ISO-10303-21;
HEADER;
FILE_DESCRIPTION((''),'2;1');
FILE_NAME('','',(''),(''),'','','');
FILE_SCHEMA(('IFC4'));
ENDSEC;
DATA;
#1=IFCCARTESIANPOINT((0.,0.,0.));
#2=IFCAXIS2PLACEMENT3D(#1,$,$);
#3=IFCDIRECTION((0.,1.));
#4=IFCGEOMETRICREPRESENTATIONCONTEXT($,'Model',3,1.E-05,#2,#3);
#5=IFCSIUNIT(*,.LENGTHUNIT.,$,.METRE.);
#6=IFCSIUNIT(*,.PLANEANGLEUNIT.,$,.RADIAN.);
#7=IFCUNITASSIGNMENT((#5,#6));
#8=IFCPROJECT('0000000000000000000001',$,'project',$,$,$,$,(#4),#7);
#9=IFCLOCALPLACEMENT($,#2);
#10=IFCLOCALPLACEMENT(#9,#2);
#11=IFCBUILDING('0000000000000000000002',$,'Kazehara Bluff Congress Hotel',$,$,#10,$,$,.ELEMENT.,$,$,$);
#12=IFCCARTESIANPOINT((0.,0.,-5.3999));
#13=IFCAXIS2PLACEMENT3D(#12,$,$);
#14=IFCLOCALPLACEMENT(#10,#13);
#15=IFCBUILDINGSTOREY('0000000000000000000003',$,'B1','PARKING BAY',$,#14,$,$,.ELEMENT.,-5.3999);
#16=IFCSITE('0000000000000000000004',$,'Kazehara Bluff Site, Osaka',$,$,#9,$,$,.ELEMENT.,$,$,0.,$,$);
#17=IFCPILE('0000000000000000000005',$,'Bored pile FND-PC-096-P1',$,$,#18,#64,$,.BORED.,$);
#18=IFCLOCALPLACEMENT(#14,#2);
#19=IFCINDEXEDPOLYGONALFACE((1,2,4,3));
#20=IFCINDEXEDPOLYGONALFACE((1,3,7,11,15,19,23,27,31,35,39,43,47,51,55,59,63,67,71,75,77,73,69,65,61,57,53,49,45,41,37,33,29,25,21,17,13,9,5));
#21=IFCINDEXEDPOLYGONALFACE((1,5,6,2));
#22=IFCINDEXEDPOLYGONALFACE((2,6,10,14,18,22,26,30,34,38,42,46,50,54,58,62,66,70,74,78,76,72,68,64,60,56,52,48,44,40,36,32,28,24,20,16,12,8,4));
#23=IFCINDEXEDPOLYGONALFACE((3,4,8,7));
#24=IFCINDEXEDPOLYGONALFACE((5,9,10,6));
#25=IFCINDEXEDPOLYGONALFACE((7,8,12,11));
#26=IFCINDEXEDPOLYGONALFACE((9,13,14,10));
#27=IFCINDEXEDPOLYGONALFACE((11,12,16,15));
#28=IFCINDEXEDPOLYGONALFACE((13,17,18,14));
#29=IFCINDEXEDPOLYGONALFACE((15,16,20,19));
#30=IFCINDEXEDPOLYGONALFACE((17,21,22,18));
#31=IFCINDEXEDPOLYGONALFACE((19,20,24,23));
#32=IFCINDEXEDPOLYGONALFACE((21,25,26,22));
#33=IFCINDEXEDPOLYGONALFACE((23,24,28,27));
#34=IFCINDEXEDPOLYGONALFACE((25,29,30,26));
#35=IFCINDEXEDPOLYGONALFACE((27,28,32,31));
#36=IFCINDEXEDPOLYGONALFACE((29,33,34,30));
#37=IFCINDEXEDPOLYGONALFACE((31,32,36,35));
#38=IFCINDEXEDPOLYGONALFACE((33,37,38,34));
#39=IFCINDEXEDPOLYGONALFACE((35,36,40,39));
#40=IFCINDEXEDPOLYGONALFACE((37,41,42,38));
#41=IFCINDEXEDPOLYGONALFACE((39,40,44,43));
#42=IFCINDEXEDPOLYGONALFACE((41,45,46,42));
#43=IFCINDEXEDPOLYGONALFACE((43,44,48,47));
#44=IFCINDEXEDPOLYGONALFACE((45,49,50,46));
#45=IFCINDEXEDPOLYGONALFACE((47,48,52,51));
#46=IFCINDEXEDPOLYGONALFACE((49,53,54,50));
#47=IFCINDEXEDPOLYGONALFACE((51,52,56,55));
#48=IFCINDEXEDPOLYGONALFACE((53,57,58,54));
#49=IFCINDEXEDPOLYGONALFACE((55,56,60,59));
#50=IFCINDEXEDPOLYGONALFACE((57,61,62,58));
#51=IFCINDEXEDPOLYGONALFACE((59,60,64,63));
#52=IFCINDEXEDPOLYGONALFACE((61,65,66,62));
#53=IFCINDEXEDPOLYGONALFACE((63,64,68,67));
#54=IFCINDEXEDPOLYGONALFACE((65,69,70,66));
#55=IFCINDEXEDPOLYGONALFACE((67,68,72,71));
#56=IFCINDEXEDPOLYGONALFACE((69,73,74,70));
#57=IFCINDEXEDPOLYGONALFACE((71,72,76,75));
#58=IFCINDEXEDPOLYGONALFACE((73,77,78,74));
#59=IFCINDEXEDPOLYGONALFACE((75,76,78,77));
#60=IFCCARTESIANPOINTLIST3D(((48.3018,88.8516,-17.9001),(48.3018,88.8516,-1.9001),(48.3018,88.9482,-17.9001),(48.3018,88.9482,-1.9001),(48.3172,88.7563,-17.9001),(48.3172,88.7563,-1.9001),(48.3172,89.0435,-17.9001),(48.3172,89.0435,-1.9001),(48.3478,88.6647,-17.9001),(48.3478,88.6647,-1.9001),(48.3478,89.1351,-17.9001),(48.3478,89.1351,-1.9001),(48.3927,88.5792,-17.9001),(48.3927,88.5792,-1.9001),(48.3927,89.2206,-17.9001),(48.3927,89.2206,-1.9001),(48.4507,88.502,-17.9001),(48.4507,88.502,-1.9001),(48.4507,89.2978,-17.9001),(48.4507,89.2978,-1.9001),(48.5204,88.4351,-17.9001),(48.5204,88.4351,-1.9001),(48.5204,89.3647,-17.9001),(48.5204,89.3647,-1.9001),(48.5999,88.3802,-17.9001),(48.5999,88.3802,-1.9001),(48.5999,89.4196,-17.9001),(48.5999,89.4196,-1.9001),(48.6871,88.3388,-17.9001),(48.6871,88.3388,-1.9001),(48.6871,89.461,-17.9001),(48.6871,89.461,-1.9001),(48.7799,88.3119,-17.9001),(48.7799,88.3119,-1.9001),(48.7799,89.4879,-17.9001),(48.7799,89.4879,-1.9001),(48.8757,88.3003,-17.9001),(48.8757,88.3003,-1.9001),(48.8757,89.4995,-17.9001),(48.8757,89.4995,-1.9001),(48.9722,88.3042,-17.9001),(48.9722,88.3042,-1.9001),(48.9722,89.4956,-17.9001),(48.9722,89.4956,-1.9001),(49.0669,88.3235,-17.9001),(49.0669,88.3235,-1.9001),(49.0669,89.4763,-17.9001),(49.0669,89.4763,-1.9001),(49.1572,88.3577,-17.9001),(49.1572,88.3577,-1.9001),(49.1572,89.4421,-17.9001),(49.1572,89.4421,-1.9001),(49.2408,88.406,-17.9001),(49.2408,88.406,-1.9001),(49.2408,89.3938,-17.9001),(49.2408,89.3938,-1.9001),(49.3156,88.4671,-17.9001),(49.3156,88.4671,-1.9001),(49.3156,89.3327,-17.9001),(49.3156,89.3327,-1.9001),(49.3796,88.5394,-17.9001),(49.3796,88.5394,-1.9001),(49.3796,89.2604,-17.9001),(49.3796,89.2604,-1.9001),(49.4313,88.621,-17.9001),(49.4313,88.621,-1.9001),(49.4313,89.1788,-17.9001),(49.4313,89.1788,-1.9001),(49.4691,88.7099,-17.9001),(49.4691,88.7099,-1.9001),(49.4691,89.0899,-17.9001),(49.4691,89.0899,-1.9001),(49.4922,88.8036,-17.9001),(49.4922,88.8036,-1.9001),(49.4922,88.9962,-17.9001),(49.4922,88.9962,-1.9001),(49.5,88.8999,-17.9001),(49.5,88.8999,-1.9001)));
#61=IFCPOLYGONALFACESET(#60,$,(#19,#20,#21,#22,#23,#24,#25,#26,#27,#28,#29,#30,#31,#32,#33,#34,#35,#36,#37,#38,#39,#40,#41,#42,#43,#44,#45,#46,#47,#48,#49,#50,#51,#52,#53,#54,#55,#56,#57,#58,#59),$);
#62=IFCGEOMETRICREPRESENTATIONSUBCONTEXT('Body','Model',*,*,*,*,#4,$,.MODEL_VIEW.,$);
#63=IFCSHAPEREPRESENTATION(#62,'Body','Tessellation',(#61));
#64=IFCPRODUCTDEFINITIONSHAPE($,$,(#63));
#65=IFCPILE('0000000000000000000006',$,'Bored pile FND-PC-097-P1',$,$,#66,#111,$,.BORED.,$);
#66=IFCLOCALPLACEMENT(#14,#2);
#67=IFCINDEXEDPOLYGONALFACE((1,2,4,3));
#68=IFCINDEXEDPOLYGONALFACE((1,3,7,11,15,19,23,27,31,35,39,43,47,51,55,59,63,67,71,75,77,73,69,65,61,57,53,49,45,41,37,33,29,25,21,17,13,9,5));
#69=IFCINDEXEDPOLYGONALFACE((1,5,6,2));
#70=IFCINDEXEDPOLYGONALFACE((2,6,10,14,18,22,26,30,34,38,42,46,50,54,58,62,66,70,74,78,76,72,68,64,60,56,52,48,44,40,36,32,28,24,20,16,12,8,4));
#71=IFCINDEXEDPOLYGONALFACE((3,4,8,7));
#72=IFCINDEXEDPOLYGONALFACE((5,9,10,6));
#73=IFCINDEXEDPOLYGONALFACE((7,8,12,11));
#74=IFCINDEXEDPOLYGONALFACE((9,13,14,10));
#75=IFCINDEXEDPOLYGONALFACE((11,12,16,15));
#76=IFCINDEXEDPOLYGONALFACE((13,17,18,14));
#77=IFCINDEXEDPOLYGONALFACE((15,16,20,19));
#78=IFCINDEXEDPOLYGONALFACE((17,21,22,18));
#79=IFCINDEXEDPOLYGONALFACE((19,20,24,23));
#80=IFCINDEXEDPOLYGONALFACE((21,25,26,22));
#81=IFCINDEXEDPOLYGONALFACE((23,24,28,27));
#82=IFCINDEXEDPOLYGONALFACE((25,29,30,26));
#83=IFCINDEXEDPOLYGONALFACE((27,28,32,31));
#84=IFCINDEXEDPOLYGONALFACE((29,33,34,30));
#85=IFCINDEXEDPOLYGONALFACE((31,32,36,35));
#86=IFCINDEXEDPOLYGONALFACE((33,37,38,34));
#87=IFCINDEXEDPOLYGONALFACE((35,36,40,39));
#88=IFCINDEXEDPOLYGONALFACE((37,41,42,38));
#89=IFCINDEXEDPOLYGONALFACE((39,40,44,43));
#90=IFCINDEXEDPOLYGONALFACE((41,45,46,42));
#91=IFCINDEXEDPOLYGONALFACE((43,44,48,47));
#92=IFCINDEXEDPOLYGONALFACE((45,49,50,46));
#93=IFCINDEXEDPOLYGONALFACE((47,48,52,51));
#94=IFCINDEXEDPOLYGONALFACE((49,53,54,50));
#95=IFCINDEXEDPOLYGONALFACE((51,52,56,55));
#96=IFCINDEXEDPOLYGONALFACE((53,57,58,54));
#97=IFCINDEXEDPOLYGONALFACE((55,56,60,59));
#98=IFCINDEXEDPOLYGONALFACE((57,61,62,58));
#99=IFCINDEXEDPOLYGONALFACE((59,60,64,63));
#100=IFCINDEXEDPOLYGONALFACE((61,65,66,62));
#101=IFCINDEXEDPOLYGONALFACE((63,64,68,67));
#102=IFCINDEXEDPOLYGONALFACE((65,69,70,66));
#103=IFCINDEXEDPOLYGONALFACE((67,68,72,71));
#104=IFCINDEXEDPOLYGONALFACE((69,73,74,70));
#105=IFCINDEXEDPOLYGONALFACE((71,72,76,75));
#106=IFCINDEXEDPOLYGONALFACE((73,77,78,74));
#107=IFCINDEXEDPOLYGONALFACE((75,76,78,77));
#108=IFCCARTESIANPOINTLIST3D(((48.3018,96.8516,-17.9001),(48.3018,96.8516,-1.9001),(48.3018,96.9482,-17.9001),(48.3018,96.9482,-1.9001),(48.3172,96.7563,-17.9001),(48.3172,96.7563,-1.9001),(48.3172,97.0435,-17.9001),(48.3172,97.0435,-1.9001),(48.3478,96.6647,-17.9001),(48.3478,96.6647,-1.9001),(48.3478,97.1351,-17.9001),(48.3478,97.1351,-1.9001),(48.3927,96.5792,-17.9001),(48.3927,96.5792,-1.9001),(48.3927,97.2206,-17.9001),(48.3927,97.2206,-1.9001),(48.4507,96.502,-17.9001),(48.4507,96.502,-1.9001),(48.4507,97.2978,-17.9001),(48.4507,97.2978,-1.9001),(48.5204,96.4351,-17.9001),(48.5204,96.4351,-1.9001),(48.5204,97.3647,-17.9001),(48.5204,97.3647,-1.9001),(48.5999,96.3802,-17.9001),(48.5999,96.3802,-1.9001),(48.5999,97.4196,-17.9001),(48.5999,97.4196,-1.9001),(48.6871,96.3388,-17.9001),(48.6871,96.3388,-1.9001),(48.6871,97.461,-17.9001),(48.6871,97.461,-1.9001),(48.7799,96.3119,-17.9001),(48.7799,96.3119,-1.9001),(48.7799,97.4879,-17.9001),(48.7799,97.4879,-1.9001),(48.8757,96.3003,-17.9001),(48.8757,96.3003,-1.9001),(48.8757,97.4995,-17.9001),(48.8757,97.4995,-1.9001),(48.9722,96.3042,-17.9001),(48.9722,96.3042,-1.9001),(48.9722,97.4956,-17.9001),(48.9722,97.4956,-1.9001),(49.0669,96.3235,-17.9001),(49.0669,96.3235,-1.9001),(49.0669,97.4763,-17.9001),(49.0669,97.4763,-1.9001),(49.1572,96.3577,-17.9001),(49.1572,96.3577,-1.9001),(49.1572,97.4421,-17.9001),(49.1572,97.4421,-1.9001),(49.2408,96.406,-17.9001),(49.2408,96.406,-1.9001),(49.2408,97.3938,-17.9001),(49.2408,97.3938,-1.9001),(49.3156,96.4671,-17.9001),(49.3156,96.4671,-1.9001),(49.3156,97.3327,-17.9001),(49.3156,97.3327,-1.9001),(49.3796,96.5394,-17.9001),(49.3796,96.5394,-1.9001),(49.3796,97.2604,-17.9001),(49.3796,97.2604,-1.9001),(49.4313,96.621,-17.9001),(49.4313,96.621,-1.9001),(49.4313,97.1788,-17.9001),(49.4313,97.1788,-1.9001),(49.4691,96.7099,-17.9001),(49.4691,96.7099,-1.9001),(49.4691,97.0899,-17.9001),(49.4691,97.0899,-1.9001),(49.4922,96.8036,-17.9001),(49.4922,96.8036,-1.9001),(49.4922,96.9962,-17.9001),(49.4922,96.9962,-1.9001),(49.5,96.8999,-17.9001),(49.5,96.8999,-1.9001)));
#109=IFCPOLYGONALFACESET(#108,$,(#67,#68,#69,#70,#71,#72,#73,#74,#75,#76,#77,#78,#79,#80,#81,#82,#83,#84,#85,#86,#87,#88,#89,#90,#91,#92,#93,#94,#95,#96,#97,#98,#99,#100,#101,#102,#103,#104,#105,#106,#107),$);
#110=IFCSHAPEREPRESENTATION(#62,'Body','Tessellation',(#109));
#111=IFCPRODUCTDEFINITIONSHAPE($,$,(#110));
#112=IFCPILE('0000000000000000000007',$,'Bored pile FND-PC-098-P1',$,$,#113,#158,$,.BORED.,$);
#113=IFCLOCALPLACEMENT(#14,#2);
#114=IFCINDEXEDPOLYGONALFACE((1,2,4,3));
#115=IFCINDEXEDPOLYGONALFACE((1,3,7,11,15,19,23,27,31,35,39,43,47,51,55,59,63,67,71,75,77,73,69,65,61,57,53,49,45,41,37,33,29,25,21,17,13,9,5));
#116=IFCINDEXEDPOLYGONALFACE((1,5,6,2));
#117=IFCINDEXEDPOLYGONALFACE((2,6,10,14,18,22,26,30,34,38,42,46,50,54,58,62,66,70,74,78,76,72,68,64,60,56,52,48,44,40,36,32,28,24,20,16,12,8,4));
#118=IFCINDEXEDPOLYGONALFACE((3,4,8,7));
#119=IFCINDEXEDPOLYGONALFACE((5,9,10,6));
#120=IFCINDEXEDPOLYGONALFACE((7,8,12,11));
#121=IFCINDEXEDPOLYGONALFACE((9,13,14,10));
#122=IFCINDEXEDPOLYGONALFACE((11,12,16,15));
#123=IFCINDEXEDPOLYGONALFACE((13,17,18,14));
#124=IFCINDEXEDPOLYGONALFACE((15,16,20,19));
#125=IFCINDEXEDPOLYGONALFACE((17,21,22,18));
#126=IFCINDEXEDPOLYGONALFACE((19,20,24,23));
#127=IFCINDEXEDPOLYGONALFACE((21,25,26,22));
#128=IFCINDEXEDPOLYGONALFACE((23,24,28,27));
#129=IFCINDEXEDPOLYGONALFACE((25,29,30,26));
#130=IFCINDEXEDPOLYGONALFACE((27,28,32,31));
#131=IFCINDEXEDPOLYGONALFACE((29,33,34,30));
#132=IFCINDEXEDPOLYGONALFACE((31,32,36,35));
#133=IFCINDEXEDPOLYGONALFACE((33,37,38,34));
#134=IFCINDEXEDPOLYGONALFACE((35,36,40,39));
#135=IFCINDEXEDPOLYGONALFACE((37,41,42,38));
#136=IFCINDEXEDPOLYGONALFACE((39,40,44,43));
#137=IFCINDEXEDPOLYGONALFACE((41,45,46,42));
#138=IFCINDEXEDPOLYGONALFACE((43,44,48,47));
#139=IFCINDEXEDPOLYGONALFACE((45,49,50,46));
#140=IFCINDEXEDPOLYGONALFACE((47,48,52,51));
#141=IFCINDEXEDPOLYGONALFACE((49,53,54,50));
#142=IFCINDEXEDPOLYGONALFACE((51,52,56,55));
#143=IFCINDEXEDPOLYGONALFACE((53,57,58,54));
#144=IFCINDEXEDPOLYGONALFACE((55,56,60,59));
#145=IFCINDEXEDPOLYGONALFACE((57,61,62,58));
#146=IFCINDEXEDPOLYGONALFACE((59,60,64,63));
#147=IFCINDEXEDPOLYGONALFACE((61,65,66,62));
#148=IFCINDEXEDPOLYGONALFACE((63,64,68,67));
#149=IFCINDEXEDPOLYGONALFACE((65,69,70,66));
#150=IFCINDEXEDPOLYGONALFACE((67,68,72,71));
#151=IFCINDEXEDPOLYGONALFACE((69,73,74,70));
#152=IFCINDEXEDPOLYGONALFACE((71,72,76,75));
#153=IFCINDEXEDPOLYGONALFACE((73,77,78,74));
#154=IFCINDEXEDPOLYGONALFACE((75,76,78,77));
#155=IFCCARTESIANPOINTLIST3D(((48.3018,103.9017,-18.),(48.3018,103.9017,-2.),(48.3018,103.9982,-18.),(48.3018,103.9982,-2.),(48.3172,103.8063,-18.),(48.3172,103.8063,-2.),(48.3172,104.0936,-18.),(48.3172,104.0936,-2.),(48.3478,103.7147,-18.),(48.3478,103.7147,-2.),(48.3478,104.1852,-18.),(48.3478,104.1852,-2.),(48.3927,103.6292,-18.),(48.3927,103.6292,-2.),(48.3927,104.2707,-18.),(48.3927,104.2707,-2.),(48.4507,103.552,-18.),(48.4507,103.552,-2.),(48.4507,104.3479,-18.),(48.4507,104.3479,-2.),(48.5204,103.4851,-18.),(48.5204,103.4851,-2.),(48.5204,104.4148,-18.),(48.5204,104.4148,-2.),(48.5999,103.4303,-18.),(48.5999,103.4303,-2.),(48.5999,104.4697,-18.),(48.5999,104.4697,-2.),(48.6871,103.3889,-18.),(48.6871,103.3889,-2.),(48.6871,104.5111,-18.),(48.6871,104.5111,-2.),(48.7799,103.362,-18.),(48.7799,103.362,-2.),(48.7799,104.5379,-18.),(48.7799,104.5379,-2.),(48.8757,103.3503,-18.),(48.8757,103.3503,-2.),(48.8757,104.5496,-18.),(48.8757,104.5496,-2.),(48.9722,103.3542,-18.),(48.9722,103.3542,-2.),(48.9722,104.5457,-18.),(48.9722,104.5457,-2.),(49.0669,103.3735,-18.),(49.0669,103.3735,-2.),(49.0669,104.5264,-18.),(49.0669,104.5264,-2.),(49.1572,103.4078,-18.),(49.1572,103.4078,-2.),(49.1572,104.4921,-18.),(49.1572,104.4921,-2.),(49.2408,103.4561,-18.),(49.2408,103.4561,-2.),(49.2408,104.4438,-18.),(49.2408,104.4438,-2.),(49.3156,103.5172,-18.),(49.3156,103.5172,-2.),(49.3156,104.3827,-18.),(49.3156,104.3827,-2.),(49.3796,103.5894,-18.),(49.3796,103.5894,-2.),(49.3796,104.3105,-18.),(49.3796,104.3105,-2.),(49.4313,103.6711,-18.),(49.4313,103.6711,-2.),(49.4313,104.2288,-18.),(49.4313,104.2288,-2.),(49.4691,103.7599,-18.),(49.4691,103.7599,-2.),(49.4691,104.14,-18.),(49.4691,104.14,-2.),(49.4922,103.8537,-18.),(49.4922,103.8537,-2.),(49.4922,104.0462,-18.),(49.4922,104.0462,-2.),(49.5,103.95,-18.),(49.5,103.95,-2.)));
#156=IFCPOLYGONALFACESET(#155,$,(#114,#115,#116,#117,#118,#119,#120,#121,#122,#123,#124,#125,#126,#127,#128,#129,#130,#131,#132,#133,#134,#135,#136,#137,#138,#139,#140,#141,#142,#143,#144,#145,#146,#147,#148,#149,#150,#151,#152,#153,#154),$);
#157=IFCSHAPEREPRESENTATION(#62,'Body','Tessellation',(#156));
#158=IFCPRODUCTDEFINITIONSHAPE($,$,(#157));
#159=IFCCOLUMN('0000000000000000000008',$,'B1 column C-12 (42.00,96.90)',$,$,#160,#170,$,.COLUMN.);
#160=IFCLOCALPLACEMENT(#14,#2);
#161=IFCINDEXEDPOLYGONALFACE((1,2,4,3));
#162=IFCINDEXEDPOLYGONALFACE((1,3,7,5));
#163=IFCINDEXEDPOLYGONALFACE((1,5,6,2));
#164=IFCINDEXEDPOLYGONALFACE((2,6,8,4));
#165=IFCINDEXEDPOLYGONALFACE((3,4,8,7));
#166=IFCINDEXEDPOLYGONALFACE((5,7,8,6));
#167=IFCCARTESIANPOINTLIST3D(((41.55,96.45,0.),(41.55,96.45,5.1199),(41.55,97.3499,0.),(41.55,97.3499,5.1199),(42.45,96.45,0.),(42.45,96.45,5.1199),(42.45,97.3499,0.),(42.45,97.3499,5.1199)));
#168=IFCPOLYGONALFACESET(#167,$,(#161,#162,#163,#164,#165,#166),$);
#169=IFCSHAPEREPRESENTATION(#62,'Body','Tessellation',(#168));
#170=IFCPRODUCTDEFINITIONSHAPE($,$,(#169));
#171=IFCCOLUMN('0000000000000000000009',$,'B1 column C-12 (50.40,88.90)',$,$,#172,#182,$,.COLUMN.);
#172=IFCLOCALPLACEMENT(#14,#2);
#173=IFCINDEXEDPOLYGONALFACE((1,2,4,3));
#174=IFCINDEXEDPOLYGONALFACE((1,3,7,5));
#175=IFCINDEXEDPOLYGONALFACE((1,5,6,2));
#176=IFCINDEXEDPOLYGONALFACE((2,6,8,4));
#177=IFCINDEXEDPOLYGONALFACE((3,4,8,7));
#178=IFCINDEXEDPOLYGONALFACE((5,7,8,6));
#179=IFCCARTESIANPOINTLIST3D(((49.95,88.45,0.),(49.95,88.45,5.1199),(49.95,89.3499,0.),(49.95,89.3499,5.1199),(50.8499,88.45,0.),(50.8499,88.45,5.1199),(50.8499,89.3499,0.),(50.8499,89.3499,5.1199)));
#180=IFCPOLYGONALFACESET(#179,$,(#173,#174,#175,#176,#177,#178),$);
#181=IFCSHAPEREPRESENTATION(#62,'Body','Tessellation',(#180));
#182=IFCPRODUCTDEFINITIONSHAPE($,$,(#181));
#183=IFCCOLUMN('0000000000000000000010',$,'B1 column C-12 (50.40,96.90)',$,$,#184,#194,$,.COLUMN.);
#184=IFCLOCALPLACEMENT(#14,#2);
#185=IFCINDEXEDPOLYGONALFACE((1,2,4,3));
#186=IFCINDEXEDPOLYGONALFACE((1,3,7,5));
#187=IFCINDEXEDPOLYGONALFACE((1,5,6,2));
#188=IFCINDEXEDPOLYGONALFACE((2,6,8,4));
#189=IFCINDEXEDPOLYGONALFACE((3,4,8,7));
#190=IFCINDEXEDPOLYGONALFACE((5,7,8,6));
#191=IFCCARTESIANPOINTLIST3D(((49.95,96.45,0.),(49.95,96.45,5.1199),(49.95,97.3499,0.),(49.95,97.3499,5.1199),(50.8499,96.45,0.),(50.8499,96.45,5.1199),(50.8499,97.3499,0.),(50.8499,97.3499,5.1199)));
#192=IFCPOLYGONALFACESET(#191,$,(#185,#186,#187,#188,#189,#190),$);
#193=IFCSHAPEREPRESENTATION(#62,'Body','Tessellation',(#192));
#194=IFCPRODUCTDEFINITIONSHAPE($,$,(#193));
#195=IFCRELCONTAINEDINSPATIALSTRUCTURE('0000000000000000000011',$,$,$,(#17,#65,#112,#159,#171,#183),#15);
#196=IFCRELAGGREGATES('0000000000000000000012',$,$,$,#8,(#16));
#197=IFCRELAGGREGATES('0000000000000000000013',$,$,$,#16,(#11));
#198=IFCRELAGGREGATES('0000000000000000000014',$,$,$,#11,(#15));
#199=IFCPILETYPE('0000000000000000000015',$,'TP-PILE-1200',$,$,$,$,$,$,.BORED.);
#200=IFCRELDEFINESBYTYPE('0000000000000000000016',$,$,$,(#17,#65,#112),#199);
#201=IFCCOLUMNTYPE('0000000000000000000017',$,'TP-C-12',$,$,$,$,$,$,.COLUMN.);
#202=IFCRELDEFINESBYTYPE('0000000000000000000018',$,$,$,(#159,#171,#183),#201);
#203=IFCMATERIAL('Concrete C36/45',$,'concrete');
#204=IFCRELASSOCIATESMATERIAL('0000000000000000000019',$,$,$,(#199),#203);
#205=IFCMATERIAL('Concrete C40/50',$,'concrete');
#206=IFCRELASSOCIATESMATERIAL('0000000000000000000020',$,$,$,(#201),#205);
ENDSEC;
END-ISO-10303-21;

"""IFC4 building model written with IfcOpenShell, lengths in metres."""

from ifc_helpers import new_model, si_unit, direction, frame, origin, origin_2d, place, context, subcontext, project, spatial, rectangle, circle, extrude, material, material_profile, profile_set, type_object, element, save


model = new_model("IFC4")

# Units and contexts
model_context = context("Model", 3, precision=1e-05, world=origin(), true_north=direction((0.0, 1.0)))
body_context = subcontext(model_context, "Body", "Model", "MODEL_VIEW")
ifc_project = project(units=[si_unit("LENGTHUNIT", "METRE"), si_unit("PLANEANGLEUNIT", "RADIAN")], contexts=[model_context])

# Site, building, storey
site_placement = place(None, origin())
site = spatial("IfcSite", under=ifc_project, at=site_placement, Name="Kazehara Bluff Site, Osaka", CompositionType="ELEMENT", RefElevation=0.0)
building_placement = place(site_placement, origin())
building = spatial("IfcBuilding", under=site, at=building_placement, Name="Kazehara Bluff Congress Hotel", CompositionType="ELEMENT")
storey_placement = place(building_placement, frame((0.0, 0.0, -5.3999)))
storey = spatial("IfcBuildingStorey", under=building, at=storey_placement, Name="B1", Description="PARKING BAY", CompositionType="ELEMENT", Elevation=-5.3999)

# Piles
ifc_material_1 = material(Name="Concrete C36/45", Category="concrete")
ifc_material_profile_1 = material_profile(ifc_material_1, circle(Radius=0.6001, at=origin_2d()))
ifc_profile_set_1 = profile_set([ifc_material_profile_1], Name="Concrete C36/45")
pile_type = type_object("IfcPileType", Name="TP-PILE-1200", PredefinedType="BORED", material=ifc_profile_set_1)
for number, where, z_axis, x_axis, name in (
    (1, (48.8999, 88.8999, -1.9001), (0.0, 0.0, -1.0), (1.0, 0.0, 0.0), "Bored pile FND-PC-096-P1"),
    (2, (48.8999, 96.8999, -1.9001), (0.0, 0.0, -1.0), (1.0, 0.0, 0.0), "Bored pile FND-PC-097-P1"),
    (3, (48.8999, 103.95, -2.0), (0.0, 0.0, -1.0), (1.0, 0.0, 0.0), "Bored pile FND-PC-098-P1"),
):
    element("IfcPile", number, at=place(storey_placement, frame(where, z_axis=z_axis, x_axis=x_axis)), inside=storey, type_object=pile_type, Name=name, PredefinedType="BORED", context=body_context, shape_type="SweptSolid", body=[
        extrude(circle(Radius=0.6001, at=origin_2d()), origin(), (0.0, 0.0, 1.0), 16.0),
    ])

# Columns
ifc_material_2 = material(Name="Concrete C40/50", Category="concrete")
ifc_material_profile_2 = material_profile(ifc_material_2, rectangle(XDim=0.8999, YDim=0.8999, at=origin_2d()))
ifc_profile_set_2 = profile_set([ifc_material_profile_2], Name="Concrete C40/50")
column_type = type_object("IfcColumnType", Name="TP-C-12", PredefinedType="COLUMN", material=ifc_profile_set_2)
for number, where, z_axis, x_axis, name in (
    (4, (42.0, 96.8999, 0.0), (0.0, 0.0, 1.0), (1.0, 0.0, 0.0), "B1 column C-12 (42.00,96.90)"),
    (5, (50.3999, 88.8999, 0.0), (0.0, 0.0, 1.0), (1.0, 0.0, 0.0), "B1 column C-12 (50.40,88.90)"),
    (6, (50.3999, 96.8999, 0.0), (0.0, 0.0, 1.0), (1.0, 0.0, 0.0), "B1 column C-12 (50.40,96.90)"),
):
    element("IfcColumn", number, at=place(storey_placement, frame(where, z_axis=z_axis, x_axis=x_axis)), inside=storey, type_object=column_type, Name=name, PredefinedType="COLUMN", context=body_context, shape_type="SweptSolid", body=[
        extrude(rectangle(XDim=0.8999, YDim=0.8999, at=origin_2d()), origin(), (0.0, 0.0, 1.0), 5.1199),
    ])

save(model, "model.ifc")
